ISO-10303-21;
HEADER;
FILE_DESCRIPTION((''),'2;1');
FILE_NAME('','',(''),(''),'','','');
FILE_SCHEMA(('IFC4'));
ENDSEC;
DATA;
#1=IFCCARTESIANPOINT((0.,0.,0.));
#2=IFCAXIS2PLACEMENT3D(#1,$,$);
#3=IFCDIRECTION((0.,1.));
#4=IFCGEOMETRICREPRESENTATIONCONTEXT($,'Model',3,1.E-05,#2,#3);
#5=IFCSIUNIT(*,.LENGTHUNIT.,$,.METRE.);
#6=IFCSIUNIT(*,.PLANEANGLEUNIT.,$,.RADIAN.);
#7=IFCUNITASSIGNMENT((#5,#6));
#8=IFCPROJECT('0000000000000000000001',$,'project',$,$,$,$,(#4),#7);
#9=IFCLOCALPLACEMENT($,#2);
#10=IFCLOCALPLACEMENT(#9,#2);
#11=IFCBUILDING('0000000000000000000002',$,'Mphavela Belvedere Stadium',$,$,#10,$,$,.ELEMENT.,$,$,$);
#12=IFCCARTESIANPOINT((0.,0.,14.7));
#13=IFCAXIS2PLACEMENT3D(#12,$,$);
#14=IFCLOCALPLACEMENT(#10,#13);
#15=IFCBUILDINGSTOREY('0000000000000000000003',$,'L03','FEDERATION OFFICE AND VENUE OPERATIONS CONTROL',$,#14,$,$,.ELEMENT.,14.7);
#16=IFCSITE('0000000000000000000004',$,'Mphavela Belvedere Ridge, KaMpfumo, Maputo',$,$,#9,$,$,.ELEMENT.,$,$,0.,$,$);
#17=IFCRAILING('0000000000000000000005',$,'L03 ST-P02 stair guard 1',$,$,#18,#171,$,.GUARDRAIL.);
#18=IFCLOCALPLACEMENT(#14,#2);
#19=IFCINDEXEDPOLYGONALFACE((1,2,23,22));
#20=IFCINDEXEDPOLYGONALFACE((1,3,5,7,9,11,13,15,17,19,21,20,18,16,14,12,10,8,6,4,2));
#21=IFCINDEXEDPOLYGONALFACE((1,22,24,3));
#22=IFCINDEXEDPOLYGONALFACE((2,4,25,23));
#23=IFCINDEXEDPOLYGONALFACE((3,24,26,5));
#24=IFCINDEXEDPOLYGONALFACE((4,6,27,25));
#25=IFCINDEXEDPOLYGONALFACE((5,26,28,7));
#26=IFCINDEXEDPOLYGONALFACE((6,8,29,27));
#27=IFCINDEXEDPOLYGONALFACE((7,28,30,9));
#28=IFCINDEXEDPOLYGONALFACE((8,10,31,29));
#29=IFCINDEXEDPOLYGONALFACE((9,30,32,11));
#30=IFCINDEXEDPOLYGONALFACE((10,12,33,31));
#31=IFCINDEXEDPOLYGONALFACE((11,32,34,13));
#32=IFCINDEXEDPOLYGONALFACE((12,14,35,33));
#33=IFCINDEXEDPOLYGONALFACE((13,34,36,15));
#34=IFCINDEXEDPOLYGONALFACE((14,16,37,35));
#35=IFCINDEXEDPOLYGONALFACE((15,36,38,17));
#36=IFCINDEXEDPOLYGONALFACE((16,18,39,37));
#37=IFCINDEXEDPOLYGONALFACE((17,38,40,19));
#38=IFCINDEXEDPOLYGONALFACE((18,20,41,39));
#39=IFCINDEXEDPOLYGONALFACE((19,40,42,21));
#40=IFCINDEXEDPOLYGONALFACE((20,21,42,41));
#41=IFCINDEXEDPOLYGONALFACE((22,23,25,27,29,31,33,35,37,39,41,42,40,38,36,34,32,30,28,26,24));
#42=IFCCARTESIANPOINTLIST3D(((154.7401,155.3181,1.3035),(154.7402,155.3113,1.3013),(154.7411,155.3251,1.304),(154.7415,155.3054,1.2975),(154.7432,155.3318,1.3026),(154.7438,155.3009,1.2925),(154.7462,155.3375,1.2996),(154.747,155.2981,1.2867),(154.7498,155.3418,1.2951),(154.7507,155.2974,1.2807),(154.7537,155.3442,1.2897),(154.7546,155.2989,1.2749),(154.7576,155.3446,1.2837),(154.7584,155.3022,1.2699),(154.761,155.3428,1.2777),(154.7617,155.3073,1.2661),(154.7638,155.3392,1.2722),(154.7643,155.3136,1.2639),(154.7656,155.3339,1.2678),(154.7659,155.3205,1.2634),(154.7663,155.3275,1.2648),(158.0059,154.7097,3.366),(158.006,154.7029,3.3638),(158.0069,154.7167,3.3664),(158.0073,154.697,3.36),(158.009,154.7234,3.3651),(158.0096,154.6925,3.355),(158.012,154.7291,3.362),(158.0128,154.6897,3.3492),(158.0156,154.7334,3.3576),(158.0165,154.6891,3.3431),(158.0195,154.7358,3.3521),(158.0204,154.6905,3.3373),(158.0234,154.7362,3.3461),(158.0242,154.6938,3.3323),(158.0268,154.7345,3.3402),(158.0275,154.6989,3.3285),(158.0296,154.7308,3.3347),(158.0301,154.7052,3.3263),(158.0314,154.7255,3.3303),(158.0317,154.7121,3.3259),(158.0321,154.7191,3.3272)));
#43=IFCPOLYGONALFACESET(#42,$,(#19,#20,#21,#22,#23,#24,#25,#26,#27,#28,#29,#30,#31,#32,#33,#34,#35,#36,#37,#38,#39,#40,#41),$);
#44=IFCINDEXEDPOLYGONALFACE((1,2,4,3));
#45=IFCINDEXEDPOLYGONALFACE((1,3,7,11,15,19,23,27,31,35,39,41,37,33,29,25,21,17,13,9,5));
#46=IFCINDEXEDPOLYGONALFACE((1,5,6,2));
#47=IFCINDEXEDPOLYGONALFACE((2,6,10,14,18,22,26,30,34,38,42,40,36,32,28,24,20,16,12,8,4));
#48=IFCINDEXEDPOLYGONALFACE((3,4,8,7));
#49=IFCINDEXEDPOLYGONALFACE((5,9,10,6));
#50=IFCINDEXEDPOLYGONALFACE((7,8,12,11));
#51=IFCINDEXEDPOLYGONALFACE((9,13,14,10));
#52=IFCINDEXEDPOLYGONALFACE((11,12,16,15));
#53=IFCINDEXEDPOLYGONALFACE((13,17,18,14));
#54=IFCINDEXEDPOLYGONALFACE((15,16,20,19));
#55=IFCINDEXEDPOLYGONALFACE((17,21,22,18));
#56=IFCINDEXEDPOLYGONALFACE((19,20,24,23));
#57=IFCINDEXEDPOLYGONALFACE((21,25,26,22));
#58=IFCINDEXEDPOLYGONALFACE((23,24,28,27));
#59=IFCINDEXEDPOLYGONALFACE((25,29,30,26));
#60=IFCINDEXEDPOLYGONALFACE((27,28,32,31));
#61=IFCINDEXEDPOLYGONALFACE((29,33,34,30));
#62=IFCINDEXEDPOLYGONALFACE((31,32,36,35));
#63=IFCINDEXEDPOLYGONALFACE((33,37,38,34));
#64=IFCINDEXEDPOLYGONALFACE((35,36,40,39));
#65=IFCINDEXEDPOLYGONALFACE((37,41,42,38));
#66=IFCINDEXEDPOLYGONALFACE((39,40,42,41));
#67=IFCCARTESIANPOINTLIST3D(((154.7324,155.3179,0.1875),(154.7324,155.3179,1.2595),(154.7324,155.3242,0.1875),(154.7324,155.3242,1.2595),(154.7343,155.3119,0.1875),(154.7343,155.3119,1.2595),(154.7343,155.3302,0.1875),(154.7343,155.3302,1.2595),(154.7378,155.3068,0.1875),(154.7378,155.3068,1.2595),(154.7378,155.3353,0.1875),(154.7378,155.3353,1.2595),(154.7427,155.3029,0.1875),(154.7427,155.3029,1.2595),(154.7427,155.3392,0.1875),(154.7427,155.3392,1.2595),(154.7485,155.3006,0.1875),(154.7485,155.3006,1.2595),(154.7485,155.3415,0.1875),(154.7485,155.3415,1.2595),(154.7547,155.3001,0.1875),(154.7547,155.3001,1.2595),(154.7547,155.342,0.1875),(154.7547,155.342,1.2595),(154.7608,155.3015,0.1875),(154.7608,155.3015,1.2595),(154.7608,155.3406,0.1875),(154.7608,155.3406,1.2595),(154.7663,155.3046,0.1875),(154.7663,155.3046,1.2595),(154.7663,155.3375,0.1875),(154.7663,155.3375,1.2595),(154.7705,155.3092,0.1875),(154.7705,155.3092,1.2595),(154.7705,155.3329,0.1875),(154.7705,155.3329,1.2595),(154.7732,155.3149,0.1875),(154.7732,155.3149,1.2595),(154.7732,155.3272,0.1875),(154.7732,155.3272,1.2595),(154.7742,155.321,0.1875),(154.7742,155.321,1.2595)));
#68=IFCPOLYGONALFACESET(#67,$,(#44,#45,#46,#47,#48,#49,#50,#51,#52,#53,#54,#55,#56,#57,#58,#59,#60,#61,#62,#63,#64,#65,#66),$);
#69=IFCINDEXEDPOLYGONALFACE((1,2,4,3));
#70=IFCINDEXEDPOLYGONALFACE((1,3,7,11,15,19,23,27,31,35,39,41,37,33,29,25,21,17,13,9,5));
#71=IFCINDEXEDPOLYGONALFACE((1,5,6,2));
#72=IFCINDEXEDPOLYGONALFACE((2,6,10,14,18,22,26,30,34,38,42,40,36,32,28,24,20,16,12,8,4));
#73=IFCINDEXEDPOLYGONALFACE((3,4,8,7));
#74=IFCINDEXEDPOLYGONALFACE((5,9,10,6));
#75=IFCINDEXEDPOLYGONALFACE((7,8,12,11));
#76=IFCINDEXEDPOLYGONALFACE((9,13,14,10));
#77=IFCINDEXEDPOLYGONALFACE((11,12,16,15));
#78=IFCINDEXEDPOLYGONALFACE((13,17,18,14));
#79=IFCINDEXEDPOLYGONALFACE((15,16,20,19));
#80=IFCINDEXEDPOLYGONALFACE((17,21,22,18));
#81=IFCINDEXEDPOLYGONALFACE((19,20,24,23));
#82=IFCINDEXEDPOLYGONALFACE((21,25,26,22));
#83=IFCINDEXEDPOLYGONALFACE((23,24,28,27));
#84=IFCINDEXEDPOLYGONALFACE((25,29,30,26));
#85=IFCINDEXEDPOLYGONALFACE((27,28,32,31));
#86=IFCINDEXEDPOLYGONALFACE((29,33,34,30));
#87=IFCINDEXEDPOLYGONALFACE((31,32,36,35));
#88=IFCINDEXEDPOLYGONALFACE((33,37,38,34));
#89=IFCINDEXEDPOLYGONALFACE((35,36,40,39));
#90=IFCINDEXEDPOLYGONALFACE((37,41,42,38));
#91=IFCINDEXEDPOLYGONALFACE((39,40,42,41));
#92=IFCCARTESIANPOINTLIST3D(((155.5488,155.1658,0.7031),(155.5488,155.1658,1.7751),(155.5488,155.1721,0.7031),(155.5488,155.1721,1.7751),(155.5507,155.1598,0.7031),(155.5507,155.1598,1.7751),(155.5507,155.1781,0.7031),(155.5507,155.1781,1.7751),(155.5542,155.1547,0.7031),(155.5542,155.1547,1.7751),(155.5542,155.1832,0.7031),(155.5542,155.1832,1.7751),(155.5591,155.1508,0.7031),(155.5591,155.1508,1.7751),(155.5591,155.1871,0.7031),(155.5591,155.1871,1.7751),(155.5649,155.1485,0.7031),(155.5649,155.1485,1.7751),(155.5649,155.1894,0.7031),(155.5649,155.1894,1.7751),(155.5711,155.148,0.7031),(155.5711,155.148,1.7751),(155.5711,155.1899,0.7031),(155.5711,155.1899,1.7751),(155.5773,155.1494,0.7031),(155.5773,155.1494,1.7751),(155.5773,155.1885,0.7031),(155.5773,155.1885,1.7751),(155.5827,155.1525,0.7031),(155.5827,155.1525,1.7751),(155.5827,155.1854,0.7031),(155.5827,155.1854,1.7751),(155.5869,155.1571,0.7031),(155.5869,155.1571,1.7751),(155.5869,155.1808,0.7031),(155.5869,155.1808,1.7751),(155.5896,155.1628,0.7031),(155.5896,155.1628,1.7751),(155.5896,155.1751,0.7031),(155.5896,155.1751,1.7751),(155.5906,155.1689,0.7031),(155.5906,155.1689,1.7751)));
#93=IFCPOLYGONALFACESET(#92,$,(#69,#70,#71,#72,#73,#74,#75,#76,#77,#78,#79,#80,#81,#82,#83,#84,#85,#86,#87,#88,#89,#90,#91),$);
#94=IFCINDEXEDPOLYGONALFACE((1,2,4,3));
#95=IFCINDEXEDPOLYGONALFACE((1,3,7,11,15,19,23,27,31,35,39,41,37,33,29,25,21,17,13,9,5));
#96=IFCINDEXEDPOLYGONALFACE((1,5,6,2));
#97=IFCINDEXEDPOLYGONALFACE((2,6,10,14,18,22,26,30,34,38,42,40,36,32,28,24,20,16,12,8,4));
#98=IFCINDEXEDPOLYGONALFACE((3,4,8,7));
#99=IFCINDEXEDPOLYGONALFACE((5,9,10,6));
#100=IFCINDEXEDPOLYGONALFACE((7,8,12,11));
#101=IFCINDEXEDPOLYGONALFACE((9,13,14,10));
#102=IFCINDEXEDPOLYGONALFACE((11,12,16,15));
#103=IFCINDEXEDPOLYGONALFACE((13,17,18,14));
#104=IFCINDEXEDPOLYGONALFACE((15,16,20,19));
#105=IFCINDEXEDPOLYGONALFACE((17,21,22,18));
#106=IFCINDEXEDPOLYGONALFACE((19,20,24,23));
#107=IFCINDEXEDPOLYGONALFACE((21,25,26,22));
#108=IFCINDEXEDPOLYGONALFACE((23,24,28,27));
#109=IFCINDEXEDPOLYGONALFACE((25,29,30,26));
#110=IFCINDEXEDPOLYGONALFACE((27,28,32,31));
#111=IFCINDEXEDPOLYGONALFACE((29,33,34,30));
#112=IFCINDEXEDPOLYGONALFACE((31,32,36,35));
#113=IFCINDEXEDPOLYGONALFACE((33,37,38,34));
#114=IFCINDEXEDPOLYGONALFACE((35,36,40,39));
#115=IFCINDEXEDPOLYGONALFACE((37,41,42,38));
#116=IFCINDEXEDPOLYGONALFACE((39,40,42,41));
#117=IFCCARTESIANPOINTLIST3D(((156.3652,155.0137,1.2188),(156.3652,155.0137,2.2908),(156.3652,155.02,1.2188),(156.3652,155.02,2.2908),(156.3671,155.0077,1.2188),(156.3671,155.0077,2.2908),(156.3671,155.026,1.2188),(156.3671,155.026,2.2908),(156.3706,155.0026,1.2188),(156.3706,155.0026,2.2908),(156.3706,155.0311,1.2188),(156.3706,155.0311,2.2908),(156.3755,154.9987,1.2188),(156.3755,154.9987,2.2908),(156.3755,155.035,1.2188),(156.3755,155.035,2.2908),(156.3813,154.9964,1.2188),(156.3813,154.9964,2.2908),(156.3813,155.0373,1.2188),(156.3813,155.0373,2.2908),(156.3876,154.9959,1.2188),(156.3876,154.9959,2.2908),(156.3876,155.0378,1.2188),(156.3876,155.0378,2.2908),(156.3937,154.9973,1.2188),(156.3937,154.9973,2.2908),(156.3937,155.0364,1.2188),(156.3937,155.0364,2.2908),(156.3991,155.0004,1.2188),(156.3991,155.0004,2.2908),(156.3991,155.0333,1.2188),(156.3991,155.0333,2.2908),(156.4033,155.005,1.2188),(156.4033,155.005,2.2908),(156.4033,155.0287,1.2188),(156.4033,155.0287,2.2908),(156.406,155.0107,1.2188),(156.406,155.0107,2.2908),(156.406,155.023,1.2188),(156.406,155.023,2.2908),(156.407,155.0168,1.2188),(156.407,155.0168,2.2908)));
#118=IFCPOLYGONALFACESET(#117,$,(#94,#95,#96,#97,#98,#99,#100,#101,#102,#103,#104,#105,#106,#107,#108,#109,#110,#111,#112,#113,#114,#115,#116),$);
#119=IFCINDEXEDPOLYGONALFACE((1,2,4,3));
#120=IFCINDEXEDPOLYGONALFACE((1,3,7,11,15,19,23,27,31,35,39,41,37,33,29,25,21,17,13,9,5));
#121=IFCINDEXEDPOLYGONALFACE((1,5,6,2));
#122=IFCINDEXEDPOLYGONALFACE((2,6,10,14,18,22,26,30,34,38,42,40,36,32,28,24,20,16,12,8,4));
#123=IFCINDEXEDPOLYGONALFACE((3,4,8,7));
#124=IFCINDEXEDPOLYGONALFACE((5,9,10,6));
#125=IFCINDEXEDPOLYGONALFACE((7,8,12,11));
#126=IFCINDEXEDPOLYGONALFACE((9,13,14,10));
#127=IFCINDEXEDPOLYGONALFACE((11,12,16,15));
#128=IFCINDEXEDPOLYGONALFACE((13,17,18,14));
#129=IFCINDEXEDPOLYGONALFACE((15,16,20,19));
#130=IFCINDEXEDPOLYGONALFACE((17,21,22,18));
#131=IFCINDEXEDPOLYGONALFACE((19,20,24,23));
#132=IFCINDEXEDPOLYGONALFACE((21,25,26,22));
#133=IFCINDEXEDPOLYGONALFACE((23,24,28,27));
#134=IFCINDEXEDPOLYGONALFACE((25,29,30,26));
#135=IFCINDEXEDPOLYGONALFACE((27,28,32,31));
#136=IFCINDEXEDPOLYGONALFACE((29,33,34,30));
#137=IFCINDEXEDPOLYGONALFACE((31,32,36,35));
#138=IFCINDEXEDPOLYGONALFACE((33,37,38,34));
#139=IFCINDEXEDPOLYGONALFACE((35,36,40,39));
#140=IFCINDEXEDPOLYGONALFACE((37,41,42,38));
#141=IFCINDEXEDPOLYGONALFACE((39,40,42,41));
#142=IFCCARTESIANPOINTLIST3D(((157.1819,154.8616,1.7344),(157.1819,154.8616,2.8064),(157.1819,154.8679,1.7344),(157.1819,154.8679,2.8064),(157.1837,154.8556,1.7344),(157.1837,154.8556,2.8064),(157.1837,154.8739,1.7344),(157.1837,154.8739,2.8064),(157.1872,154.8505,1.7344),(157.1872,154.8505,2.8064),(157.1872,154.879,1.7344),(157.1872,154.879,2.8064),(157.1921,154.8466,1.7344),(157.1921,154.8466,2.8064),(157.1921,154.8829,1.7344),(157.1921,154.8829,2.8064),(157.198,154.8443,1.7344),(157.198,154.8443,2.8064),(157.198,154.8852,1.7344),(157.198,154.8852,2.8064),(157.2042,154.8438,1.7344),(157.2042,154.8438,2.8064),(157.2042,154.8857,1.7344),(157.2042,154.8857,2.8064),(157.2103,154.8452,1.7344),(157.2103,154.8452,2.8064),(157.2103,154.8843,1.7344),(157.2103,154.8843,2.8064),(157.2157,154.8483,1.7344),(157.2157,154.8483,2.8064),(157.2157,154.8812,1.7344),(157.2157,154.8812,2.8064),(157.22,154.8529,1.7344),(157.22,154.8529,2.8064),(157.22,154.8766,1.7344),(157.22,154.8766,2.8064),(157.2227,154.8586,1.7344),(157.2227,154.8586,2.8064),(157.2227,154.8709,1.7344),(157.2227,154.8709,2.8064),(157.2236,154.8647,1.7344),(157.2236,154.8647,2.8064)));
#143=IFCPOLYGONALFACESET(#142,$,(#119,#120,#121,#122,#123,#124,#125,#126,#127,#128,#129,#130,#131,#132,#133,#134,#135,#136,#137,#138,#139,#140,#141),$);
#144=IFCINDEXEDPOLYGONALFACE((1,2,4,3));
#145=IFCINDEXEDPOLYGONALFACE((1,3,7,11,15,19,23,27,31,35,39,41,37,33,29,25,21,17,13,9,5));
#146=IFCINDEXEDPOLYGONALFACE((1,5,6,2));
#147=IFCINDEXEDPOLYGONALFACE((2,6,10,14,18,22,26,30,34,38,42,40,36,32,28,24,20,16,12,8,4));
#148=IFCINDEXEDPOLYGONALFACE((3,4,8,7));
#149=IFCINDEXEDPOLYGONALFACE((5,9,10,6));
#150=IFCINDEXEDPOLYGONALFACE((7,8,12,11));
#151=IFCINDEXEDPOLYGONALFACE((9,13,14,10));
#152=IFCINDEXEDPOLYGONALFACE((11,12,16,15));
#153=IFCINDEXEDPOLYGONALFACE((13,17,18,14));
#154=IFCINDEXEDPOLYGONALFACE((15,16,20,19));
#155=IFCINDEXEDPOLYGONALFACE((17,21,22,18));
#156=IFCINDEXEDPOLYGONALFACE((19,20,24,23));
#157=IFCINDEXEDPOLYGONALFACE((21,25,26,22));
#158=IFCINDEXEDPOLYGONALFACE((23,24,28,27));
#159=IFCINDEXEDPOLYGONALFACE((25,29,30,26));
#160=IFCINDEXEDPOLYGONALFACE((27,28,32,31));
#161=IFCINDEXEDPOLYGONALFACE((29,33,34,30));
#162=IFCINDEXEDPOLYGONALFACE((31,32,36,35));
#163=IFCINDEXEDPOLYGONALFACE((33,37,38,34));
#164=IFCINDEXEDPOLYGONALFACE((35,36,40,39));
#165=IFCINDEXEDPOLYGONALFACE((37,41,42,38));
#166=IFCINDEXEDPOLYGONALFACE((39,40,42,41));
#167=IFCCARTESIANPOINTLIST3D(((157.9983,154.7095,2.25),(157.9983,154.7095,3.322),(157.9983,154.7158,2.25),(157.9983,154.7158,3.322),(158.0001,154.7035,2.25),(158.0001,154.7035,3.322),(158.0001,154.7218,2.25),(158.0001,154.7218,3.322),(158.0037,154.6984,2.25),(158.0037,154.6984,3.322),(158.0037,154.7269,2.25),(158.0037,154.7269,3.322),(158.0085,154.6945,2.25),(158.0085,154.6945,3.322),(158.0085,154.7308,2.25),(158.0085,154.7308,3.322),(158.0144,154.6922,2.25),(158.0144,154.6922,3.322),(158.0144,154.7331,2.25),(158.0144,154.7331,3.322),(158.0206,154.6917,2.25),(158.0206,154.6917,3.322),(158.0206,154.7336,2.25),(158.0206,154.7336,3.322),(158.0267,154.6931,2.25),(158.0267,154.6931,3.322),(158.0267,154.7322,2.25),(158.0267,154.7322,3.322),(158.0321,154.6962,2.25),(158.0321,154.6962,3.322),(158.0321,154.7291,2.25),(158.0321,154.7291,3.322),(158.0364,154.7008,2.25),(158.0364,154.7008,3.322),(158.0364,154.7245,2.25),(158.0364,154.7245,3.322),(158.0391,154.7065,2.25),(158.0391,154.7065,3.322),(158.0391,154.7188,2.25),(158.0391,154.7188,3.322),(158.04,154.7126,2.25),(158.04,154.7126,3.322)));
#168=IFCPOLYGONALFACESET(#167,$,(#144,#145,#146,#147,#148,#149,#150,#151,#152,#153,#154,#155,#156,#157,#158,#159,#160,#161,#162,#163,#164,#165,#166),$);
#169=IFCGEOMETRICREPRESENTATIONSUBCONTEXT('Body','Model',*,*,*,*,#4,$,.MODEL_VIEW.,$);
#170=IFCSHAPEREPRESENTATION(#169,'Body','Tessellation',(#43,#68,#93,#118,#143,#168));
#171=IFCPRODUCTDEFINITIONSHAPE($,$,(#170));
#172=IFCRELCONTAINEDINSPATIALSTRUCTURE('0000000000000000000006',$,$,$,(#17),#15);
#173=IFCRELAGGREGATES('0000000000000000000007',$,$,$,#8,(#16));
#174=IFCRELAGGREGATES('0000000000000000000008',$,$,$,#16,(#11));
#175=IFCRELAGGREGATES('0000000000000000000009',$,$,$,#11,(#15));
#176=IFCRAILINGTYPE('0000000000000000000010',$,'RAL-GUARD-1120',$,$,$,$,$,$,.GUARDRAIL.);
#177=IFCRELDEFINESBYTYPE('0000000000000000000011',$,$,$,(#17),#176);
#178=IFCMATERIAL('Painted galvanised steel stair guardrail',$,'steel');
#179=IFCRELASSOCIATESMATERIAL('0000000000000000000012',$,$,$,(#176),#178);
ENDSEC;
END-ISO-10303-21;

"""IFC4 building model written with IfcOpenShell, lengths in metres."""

from ifc_helpers import new_model, si_unit, direction, frame, origin, origin_2d, place, context, subcontext, project, spatial, circle, extrude, material, type_object, element, save


model = new_model("IFC4")

# Units and contexts
model_context = context("Model", 3, precision=1e-05, world=origin(), true_north=direction((0.0, 1.0)))
body_context = subcontext(model_context, "Body", "Model", "MODEL_VIEW")
ifc_project = project(units=[si_unit("LENGTHUNIT", "METRE"), si_unit("PLANEANGLEUNIT", "RADIAN")], contexts=[model_context])

# Site, building, storey
site_placement = place(None, origin())
site = spatial("IfcSite", under=ifc_project, at=site_placement, Name="Mphavela Belvedere Ridge, KaMpfumo, Maputo", CompositionType="ELEMENT", RefElevation=0.0)
building_placement = place(site_placement, origin())
building = spatial("IfcBuilding", under=site, at=building_placement, Name="Mphavela Belvedere Stadium", CompositionType="ELEMENT")
storey_placement = place(building_placement, frame((0.0, 0.0, 14.7)))
storey = spatial("IfcBuildingStorey", under=building, at=storey_placement, Name="L03", Description="FEDERATION OFFICE AND VENUE OPERATIONS CONTROL", CompositionType="ELEMENT", Elevation=14.7)

# Railing
ifc_material_1 = material(Name="Painted galvanised steel stair guardrail", Category="steel")
railing_type_1 = type_object("IfcRailingType", Name="RAL-GUARD-1120", PredefinedType="GUARDRAIL", material=ifc_material_1)
railing_1_placement = place(storey_placement, frame((154.7532, 155.321, 0.1875)))
element("IfcRailing", 1, at=railing_1_placement, inside=storey, type_object=railing_type_1, Name="L03 ST-P02 stair guard 1", PredefinedType="GUARDRAIL", context=body_context, shape_type="SweptSolid", body=[
    extrude(circle(Radius=0.0239, at=origin_2d()), frame((0.0, 0.0, 1.0962), z_axis=(0.83521, -0.155591, 0.527462), x_axis=(0.183139, 0.983087, 0.0)), (0.0, 0.0, 1.0), 3.9102),
    extrude(circle(Radius=0.021, at=origin_2d()), origin(), (0.0, 0.0, 1.0), 1.072),
    extrude(circle(Radius=0.021, at=origin_2d()), frame((0.8164, -0.1521, 0.5156)), (0.0, 0.0, 1.0), 1.072),
    extrude(circle(Radius=0.021, at=origin_2d()), frame((1.6328, -0.3042, 1.0312)), (0.0, 0.0, 1.0), 1.072),
    extrude(circle(Radius=0.021, at=origin_2d()), frame((2.4495, -0.4563, 1.5469)), (0.0, 0.0, 1.0), 1.072),
    extrude(circle(Radius=0.021, at=origin_2d()), frame((3.2659, -0.6084, 2.0625)), (0.0, 0.0, 1.0), 1.072),
])

save(model, "model.ifc")
